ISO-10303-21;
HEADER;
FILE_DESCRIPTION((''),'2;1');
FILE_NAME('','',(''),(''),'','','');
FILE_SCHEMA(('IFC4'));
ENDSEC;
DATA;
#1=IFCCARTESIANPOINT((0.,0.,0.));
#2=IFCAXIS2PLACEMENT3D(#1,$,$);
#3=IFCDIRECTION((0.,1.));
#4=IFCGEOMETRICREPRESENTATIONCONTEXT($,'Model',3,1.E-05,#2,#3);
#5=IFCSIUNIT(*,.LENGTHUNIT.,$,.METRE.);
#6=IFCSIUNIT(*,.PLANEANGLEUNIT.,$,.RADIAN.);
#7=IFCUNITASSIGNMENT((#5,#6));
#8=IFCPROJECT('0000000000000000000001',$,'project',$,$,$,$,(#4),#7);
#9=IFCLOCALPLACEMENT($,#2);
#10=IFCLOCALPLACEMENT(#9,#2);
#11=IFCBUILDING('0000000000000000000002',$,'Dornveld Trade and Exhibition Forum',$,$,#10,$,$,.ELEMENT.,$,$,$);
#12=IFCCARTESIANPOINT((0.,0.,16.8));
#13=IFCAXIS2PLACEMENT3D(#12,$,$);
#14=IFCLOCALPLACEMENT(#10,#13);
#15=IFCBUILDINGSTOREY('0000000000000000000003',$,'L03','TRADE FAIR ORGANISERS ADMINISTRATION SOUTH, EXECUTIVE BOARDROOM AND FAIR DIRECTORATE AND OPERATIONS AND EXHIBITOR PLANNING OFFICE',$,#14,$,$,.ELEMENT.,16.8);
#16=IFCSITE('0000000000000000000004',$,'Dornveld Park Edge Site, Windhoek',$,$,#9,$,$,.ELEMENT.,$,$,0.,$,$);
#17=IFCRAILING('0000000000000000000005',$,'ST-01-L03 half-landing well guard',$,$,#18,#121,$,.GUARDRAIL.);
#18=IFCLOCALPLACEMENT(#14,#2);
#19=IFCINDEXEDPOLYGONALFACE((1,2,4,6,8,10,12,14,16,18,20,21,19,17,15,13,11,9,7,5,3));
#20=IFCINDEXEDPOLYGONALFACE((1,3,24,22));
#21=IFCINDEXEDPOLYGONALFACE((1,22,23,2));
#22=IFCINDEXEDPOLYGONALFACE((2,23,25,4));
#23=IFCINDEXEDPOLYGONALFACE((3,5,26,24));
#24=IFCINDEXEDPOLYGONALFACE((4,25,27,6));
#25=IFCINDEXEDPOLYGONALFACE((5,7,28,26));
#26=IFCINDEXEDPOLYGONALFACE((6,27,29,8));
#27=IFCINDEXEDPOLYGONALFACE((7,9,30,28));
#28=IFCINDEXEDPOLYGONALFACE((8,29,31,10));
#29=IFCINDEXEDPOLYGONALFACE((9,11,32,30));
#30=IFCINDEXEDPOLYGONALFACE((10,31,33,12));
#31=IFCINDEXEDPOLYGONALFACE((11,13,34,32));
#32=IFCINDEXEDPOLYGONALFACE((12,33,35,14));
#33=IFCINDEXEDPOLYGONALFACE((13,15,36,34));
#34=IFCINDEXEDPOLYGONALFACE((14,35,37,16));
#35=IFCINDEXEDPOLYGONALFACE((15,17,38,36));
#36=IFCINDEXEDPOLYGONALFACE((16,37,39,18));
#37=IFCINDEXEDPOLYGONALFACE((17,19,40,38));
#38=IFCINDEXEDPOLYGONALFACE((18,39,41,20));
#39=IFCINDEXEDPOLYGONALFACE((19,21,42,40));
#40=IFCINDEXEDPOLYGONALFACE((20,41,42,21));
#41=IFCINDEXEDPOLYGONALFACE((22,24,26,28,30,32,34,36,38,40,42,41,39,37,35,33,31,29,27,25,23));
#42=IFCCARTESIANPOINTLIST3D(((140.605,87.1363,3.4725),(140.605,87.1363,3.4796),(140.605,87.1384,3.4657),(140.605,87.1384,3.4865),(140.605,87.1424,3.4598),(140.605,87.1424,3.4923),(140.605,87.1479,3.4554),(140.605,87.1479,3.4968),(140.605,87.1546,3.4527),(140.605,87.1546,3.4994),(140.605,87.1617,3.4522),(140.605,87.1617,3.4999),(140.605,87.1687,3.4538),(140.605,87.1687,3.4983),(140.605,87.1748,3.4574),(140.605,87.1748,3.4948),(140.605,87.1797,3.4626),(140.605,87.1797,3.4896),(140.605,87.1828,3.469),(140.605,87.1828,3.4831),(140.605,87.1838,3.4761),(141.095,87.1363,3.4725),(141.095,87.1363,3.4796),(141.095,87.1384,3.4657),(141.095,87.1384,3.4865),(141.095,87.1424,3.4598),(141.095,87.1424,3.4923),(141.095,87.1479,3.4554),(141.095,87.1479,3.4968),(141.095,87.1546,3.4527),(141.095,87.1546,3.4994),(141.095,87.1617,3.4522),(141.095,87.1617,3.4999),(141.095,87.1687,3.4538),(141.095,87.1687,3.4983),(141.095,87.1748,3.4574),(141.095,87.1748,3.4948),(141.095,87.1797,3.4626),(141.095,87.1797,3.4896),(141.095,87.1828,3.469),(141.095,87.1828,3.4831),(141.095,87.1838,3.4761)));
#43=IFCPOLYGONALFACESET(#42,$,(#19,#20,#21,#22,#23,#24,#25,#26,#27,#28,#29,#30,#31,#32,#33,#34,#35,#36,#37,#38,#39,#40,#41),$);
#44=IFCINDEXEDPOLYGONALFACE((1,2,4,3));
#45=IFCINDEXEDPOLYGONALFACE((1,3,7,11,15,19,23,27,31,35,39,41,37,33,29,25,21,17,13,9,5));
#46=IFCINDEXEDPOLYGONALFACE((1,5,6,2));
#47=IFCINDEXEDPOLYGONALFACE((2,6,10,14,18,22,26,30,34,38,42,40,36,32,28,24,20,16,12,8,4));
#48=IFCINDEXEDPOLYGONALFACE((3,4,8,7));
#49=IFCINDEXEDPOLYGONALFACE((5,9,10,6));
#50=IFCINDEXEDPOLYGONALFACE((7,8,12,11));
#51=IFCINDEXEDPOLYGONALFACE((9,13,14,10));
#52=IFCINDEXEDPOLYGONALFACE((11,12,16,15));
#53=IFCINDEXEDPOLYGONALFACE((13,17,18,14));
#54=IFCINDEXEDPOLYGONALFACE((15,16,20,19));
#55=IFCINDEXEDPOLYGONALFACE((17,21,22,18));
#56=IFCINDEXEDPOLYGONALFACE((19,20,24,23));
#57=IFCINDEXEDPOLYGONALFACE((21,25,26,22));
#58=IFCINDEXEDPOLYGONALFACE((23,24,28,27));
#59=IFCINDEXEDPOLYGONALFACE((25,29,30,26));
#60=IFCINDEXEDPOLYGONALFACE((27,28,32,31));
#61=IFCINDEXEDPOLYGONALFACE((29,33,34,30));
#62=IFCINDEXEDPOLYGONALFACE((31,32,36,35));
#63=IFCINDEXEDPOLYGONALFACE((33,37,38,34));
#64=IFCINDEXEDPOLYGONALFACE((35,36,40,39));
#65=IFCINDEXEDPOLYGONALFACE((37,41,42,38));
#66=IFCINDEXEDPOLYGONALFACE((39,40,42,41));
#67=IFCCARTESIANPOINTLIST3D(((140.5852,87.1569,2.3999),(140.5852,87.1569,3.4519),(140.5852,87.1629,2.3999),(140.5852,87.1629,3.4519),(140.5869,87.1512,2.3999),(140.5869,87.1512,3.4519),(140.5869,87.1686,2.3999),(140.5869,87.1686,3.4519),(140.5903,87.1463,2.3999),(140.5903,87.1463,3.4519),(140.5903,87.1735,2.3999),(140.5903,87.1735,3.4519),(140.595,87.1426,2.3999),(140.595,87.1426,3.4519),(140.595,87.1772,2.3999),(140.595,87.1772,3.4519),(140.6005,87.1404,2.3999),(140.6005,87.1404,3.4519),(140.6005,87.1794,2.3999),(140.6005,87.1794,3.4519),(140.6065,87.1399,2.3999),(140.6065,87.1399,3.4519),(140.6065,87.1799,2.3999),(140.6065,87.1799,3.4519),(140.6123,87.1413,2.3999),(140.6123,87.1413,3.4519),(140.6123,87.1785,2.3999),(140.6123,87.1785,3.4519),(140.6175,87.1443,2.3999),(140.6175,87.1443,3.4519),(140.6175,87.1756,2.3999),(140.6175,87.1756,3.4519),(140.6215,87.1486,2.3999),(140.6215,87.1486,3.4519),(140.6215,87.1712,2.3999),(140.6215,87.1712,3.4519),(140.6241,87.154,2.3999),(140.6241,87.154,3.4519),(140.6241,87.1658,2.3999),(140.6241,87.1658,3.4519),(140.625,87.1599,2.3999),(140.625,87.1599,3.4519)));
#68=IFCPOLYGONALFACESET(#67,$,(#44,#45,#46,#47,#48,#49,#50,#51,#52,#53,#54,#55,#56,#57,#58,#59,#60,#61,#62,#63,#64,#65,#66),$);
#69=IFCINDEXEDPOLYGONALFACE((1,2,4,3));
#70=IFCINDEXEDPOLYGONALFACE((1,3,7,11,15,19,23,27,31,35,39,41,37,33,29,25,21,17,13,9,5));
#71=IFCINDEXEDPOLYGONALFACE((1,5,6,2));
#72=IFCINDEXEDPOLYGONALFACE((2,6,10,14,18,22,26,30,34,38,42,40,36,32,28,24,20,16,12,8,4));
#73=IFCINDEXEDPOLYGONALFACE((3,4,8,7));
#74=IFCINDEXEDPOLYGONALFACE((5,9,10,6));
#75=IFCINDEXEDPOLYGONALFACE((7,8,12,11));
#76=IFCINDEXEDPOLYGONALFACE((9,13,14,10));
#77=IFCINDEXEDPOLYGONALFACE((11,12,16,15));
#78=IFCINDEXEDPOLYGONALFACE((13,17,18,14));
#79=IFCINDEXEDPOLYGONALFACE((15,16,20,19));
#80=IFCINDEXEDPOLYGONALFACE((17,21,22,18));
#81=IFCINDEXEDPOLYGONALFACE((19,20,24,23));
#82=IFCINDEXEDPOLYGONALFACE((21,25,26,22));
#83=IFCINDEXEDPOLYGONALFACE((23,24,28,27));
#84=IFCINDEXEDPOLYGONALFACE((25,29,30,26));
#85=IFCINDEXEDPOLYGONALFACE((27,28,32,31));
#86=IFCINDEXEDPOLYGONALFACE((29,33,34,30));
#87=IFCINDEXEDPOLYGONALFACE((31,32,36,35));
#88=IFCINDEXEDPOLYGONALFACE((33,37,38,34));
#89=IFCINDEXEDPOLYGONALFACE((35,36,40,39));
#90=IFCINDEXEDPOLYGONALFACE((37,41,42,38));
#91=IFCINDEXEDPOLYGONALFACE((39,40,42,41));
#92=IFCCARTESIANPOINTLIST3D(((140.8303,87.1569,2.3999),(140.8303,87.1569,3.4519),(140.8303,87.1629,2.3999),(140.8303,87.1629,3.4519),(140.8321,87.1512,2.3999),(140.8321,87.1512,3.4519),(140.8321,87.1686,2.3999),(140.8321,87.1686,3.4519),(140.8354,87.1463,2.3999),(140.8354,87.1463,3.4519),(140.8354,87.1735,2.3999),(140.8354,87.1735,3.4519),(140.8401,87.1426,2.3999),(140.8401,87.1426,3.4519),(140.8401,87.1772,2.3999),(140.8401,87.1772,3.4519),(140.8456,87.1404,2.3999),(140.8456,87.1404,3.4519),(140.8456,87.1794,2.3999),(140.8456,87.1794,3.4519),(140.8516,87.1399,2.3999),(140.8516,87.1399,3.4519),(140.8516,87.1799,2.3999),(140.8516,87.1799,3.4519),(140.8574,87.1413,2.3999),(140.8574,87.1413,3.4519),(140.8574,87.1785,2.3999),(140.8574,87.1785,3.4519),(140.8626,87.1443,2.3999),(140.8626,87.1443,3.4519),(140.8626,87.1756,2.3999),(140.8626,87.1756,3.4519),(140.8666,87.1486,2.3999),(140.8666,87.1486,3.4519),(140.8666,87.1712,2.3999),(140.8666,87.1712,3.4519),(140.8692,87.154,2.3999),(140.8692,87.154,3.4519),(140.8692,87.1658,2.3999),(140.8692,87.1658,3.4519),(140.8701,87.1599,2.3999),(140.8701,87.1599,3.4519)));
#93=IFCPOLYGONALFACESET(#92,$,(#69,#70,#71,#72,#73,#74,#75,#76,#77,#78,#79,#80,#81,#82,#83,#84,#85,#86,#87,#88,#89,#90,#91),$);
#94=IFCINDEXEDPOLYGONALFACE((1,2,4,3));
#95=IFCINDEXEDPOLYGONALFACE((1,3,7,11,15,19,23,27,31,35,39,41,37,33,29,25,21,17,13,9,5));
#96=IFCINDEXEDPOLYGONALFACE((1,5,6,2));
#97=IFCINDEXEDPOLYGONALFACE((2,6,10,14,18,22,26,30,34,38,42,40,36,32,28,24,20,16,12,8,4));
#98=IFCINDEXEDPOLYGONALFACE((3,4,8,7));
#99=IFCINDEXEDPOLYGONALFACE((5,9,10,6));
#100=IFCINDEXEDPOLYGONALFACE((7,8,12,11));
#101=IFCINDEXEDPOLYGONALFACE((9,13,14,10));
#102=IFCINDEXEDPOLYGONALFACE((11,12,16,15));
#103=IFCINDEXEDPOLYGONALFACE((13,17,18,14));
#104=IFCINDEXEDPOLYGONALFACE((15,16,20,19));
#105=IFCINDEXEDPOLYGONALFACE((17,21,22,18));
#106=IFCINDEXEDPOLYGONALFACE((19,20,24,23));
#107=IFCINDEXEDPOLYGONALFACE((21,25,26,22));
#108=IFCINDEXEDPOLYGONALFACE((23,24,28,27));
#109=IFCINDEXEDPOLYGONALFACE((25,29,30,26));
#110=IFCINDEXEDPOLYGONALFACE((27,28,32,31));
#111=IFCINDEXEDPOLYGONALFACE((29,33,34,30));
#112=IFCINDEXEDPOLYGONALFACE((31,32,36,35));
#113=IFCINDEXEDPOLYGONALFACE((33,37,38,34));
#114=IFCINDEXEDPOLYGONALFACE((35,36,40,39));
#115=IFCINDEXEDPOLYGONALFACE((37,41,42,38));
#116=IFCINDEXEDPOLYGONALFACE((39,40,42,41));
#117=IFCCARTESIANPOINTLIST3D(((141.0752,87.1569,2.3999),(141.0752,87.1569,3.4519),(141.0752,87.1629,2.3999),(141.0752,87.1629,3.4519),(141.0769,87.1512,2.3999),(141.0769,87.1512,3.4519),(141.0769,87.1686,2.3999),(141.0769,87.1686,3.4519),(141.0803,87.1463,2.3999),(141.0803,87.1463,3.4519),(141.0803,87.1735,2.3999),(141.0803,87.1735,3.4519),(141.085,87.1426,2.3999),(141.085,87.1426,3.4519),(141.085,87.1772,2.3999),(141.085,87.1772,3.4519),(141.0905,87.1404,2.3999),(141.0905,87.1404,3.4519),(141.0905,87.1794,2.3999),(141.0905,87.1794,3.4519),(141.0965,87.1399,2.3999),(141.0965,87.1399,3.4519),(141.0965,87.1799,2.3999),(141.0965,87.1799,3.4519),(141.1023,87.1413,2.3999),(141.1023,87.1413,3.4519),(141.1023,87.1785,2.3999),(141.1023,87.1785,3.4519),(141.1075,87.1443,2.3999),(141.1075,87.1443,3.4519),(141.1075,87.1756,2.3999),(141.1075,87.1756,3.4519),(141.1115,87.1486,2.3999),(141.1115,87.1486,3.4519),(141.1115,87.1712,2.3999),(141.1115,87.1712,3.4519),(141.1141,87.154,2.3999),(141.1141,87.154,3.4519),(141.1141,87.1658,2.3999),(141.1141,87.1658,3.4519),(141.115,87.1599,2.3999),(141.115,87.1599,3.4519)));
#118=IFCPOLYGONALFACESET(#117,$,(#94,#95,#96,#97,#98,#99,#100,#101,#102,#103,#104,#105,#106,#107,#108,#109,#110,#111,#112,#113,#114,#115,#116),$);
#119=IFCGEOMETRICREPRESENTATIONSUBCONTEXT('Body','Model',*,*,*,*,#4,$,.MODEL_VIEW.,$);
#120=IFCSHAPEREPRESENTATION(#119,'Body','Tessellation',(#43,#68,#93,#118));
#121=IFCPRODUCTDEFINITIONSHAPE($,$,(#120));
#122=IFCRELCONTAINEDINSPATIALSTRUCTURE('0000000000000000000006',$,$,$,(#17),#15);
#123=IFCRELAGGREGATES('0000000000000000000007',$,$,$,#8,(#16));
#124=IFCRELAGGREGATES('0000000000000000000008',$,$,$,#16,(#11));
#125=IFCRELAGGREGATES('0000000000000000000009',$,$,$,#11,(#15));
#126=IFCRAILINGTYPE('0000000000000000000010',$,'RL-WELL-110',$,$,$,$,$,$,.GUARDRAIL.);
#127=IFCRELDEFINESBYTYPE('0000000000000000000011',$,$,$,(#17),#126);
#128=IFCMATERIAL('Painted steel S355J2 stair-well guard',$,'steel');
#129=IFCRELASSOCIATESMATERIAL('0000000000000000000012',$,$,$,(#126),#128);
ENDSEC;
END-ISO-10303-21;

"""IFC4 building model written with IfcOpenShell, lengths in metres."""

from ifc_helpers import new_model, si_unit, direction, frame, origin, origin_2d, place, context, subcontext, project, spatial, circle, extrude, material, type_object, element, save


model = new_model("IFC4")

# Units and contexts
model_context = context("Model", 3, precision=1e-05, world=origin(), true_north=direction((0.0, 1.0)))
body_context = subcontext(model_context, "Body", "Model", "MODEL_VIEW")
ifc_project = project(units=[si_unit("LENGTHUNIT", "METRE"), si_unit("PLANEANGLEUNIT", "RADIAN")], contexts=[model_context])

# Site, building, storey
site_placement = place(None, origin())
site = spatial("IfcSite", under=ifc_project, at=site_placement, Name="Dornveld Park Edge Site, Windhoek", CompositionType="ELEMENT", RefElevation=0.0)
building_placement = place(site_placement, origin())
building = spatial("IfcBuilding", under=site, at=building_placement, Name="Dornveld Trade and Exhibition Forum", CompositionType="ELEMENT")
storey_placement = place(building_placement, frame((0.0, 0.0, 16.8)))
storey = spatial("IfcBuildingStorey", under=building, at=storey_placement, Name="L03", Description="TRADE FAIR ORGANISERS ADMINISTRATION SOUTH, EXECUTIVE BOARDROOM AND FAIR DIRECTORATE AND OPERATIONS AND EXHIBITOR PLANNING OFFICE", CompositionType="ELEMENT", Elevation=16.8)

# Railing
ifc_material_1 = material(Name="Painted steel S355J2 stair-well guard", Category="steel")
railing_type_1 = type_object("IfcRailingType", Name="RL-WELL-110", PredefinedType="GUARDRAIL", material=ifc_material_1)
railing_1_placement = place(storey_placement, frame((140.605, 87.1599, 2.3999)))
element("IfcRailing", 1, at=railing_1_placement, inside=storey, type_object=railing_type_1, Name="ST-01-L03 half-landing well guard", PredefinedType="GUARDRAIL", context=body_context, shape_type="SweptSolid", body=[
    extrude(circle(Radius=0.0239, at=origin_2d()), frame((0.0, 0.0, 1.0762), z_axis=(1.0, 0.0, 0.0), x_axis=(0.0, 1.0, 0.0)), (0.0, 0.0, 1.0), 0.49),
    extrude(circle(Radius=0.02, at=origin_2d()), origin(), (0.0, 0.0, 1.0), 1.052),
    extrude(circle(Radius=0.02, at=origin_2d()), frame((0.2451, 0.0, 0.0)), (0.0, 0.0, 1.0), 1.052),
    extrude(circle(Radius=0.02, at=origin_2d()), frame((0.49, 0.0, 0.0)), (0.0, 0.0, 1.0), 1.052),
])

save(model, "model.ifc")
